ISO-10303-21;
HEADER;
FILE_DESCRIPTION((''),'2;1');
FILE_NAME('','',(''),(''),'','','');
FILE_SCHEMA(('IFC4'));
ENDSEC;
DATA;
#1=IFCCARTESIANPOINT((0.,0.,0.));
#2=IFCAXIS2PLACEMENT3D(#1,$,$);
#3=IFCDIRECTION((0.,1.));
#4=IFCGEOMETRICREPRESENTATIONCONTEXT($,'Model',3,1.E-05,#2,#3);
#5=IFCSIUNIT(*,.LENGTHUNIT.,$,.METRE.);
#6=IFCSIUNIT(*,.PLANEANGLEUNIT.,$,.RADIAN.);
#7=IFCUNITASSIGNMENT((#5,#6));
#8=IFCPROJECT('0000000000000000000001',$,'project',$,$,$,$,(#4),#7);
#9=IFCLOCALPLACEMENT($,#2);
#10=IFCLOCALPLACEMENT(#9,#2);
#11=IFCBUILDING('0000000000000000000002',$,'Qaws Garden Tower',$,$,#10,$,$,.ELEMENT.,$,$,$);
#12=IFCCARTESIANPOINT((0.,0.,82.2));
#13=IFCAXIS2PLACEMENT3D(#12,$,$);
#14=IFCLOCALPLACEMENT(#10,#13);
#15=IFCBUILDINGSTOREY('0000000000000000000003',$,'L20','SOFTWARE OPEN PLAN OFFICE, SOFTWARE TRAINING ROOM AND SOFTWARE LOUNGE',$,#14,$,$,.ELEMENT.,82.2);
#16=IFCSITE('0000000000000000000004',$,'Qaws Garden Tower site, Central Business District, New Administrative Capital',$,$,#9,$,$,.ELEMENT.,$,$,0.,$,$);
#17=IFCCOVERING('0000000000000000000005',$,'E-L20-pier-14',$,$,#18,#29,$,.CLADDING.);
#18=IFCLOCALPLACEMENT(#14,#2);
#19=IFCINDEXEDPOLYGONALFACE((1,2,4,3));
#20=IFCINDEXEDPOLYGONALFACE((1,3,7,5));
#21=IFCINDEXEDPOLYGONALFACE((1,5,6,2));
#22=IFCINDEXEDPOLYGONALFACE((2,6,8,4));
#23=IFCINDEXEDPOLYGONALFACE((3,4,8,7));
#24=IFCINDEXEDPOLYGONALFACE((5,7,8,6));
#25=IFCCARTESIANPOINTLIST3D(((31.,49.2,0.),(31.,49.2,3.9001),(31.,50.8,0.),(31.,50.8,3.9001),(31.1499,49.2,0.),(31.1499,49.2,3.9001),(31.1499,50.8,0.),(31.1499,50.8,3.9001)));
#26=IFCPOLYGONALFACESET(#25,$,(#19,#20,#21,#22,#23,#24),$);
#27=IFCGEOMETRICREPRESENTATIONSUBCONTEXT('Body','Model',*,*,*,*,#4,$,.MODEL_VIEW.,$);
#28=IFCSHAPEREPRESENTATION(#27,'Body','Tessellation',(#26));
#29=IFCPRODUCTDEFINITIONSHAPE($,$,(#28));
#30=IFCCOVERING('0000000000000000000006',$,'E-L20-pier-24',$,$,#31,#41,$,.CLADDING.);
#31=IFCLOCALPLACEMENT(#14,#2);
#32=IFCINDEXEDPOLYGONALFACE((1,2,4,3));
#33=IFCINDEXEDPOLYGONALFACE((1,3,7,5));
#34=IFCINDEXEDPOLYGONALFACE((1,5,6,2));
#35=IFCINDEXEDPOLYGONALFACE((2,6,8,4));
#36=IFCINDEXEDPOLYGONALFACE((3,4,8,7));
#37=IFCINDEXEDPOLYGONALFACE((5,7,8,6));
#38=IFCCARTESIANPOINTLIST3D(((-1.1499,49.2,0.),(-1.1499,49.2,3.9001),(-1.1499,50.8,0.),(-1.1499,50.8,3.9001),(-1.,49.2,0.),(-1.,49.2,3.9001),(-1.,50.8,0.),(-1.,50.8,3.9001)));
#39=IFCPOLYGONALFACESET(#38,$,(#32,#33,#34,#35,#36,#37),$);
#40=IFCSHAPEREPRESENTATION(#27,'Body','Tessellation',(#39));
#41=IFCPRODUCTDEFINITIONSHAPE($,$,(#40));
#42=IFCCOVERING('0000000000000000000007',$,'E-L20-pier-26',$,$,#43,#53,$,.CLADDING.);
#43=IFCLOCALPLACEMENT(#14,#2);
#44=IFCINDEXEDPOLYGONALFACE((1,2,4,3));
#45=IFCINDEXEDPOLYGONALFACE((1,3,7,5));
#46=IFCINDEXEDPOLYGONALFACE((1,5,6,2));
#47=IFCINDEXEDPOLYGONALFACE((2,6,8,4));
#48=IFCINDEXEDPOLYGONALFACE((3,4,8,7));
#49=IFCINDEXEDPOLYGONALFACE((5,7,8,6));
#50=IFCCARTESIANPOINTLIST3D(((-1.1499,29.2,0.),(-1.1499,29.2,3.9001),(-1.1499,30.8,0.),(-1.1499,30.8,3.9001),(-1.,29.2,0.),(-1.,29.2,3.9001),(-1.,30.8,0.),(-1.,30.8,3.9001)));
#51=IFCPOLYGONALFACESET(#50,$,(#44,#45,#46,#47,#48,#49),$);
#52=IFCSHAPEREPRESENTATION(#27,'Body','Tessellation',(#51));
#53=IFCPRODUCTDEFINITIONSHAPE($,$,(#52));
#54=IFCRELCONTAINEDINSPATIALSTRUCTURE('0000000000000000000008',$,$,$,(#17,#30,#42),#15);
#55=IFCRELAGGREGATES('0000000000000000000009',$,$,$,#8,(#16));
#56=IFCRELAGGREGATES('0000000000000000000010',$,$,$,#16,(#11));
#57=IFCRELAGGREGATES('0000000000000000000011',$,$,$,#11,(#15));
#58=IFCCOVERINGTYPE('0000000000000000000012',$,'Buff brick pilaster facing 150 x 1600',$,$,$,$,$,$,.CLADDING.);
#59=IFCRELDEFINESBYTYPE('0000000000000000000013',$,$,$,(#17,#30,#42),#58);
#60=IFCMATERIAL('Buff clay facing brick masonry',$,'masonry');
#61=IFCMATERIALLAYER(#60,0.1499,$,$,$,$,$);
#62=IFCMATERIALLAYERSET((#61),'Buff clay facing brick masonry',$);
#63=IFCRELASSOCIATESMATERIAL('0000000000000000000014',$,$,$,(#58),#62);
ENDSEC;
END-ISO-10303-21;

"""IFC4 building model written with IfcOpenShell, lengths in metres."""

from ifc_helpers import new_model, si_unit, direction, frame, origin, place, context, subcontext, project, spatial, polyline, outline, extrude, material, layer, layer_set, type_object, element, save


model = new_model("IFC4")

# Units and contexts
model_context = context("Model", 3, precision=1e-05, world=origin(), true_north=direction((0.0, 1.0)))
body_context = subcontext(model_context, "Body", "Model", "MODEL_VIEW")
ifc_project = project(units=[si_unit("LENGTHUNIT", "METRE"), si_unit("PLANEANGLEUNIT", "RADIAN")], contexts=[model_context])

# Site, building, storey
site_placement = place(None, origin())
site = spatial("IfcSite", under=ifc_project, at=site_placement, Name="Qaws Garden Tower site, Central Business District, New Administrative Capital", CompositionType="ELEMENT", RefElevation=0.0)
building_placement = place(site_placement, origin())
building = spatial("IfcBuilding", under=site, at=building_placement, Name="Qaws Garden Tower", CompositionType="ELEMENT")
storey_placement = place(building_placement, frame((0.0, 0.0, 82.2)))
storey = spatial("IfcBuildingStorey", under=building, at=storey_placement, Name="L20", Description="SOFTWARE OPEN PLAN OFFICE, SOFTWARE TRAINING ROOM AND SOFTWARE LOUNGE", CompositionType="ELEMENT", Elevation=82.2)

# Shared definitions
placement = place(storey_placement, origin())

# Coverings
ifc_material_1 = material(Name="Buff clay facing brick masonry", Category="masonry")
ifc_layer_1 = layer(ifc_material_1, 0.1499)
ifc_layer_set_1 = layer_set([ifc_layer_1], Name="Buff clay facing brick masonry")
covering_type = type_object("IfcCoveringType", Name="Buff brick pilaster facing 150 x 1600", PredefinedType="CLADDING", material=ifc_layer_set_1)
element("IfcCovering", 1, at=placement, inside=storey, type_object=covering_type, Name="E-L20-pier-14", PredefinedType="CLADDING", context=body_context, shape_type="SweptSolid", body=[
    extrude(outline(polyline([(31.0, 49.2), (31.0, 50.8), (31.1499, 50.8), (31.1499, 49.2), (31.0, 49.2)])), origin(), (0.0, 0.0, 1.0), 3.9001),
])
element("IfcCovering", 2, at=placement, inside=storey, type_object=covering_type, Name="E-L20-pier-24", PredefinedType="CLADDING", context=body_context, shape_type="SweptSolid", body=[
    extrude(outline(polyline([(-1.0, 50.8), (-1.0, 49.2), (-1.1499, 49.2), (-1.1499, 50.8), (-1.0, 50.8)])), origin(), (0.0, 0.0, 1.0), 3.9001),
])
element("IfcCovering", 3, at=placement, inside=storey, type_object=covering_type, Name="E-L20-pier-26", PredefinedType="CLADDING", context=body_context, shape_type="SweptSolid", body=[
    extrude(outline(polyline([(-1.0, 30.8), (-1.0, 29.2), (-1.1499, 29.2), (-1.1499, 30.8), (-1.0, 30.8)])), origin(), (0.0, 0.0, 1.0), 3.9001),
])

save(model, "model.ifc")
